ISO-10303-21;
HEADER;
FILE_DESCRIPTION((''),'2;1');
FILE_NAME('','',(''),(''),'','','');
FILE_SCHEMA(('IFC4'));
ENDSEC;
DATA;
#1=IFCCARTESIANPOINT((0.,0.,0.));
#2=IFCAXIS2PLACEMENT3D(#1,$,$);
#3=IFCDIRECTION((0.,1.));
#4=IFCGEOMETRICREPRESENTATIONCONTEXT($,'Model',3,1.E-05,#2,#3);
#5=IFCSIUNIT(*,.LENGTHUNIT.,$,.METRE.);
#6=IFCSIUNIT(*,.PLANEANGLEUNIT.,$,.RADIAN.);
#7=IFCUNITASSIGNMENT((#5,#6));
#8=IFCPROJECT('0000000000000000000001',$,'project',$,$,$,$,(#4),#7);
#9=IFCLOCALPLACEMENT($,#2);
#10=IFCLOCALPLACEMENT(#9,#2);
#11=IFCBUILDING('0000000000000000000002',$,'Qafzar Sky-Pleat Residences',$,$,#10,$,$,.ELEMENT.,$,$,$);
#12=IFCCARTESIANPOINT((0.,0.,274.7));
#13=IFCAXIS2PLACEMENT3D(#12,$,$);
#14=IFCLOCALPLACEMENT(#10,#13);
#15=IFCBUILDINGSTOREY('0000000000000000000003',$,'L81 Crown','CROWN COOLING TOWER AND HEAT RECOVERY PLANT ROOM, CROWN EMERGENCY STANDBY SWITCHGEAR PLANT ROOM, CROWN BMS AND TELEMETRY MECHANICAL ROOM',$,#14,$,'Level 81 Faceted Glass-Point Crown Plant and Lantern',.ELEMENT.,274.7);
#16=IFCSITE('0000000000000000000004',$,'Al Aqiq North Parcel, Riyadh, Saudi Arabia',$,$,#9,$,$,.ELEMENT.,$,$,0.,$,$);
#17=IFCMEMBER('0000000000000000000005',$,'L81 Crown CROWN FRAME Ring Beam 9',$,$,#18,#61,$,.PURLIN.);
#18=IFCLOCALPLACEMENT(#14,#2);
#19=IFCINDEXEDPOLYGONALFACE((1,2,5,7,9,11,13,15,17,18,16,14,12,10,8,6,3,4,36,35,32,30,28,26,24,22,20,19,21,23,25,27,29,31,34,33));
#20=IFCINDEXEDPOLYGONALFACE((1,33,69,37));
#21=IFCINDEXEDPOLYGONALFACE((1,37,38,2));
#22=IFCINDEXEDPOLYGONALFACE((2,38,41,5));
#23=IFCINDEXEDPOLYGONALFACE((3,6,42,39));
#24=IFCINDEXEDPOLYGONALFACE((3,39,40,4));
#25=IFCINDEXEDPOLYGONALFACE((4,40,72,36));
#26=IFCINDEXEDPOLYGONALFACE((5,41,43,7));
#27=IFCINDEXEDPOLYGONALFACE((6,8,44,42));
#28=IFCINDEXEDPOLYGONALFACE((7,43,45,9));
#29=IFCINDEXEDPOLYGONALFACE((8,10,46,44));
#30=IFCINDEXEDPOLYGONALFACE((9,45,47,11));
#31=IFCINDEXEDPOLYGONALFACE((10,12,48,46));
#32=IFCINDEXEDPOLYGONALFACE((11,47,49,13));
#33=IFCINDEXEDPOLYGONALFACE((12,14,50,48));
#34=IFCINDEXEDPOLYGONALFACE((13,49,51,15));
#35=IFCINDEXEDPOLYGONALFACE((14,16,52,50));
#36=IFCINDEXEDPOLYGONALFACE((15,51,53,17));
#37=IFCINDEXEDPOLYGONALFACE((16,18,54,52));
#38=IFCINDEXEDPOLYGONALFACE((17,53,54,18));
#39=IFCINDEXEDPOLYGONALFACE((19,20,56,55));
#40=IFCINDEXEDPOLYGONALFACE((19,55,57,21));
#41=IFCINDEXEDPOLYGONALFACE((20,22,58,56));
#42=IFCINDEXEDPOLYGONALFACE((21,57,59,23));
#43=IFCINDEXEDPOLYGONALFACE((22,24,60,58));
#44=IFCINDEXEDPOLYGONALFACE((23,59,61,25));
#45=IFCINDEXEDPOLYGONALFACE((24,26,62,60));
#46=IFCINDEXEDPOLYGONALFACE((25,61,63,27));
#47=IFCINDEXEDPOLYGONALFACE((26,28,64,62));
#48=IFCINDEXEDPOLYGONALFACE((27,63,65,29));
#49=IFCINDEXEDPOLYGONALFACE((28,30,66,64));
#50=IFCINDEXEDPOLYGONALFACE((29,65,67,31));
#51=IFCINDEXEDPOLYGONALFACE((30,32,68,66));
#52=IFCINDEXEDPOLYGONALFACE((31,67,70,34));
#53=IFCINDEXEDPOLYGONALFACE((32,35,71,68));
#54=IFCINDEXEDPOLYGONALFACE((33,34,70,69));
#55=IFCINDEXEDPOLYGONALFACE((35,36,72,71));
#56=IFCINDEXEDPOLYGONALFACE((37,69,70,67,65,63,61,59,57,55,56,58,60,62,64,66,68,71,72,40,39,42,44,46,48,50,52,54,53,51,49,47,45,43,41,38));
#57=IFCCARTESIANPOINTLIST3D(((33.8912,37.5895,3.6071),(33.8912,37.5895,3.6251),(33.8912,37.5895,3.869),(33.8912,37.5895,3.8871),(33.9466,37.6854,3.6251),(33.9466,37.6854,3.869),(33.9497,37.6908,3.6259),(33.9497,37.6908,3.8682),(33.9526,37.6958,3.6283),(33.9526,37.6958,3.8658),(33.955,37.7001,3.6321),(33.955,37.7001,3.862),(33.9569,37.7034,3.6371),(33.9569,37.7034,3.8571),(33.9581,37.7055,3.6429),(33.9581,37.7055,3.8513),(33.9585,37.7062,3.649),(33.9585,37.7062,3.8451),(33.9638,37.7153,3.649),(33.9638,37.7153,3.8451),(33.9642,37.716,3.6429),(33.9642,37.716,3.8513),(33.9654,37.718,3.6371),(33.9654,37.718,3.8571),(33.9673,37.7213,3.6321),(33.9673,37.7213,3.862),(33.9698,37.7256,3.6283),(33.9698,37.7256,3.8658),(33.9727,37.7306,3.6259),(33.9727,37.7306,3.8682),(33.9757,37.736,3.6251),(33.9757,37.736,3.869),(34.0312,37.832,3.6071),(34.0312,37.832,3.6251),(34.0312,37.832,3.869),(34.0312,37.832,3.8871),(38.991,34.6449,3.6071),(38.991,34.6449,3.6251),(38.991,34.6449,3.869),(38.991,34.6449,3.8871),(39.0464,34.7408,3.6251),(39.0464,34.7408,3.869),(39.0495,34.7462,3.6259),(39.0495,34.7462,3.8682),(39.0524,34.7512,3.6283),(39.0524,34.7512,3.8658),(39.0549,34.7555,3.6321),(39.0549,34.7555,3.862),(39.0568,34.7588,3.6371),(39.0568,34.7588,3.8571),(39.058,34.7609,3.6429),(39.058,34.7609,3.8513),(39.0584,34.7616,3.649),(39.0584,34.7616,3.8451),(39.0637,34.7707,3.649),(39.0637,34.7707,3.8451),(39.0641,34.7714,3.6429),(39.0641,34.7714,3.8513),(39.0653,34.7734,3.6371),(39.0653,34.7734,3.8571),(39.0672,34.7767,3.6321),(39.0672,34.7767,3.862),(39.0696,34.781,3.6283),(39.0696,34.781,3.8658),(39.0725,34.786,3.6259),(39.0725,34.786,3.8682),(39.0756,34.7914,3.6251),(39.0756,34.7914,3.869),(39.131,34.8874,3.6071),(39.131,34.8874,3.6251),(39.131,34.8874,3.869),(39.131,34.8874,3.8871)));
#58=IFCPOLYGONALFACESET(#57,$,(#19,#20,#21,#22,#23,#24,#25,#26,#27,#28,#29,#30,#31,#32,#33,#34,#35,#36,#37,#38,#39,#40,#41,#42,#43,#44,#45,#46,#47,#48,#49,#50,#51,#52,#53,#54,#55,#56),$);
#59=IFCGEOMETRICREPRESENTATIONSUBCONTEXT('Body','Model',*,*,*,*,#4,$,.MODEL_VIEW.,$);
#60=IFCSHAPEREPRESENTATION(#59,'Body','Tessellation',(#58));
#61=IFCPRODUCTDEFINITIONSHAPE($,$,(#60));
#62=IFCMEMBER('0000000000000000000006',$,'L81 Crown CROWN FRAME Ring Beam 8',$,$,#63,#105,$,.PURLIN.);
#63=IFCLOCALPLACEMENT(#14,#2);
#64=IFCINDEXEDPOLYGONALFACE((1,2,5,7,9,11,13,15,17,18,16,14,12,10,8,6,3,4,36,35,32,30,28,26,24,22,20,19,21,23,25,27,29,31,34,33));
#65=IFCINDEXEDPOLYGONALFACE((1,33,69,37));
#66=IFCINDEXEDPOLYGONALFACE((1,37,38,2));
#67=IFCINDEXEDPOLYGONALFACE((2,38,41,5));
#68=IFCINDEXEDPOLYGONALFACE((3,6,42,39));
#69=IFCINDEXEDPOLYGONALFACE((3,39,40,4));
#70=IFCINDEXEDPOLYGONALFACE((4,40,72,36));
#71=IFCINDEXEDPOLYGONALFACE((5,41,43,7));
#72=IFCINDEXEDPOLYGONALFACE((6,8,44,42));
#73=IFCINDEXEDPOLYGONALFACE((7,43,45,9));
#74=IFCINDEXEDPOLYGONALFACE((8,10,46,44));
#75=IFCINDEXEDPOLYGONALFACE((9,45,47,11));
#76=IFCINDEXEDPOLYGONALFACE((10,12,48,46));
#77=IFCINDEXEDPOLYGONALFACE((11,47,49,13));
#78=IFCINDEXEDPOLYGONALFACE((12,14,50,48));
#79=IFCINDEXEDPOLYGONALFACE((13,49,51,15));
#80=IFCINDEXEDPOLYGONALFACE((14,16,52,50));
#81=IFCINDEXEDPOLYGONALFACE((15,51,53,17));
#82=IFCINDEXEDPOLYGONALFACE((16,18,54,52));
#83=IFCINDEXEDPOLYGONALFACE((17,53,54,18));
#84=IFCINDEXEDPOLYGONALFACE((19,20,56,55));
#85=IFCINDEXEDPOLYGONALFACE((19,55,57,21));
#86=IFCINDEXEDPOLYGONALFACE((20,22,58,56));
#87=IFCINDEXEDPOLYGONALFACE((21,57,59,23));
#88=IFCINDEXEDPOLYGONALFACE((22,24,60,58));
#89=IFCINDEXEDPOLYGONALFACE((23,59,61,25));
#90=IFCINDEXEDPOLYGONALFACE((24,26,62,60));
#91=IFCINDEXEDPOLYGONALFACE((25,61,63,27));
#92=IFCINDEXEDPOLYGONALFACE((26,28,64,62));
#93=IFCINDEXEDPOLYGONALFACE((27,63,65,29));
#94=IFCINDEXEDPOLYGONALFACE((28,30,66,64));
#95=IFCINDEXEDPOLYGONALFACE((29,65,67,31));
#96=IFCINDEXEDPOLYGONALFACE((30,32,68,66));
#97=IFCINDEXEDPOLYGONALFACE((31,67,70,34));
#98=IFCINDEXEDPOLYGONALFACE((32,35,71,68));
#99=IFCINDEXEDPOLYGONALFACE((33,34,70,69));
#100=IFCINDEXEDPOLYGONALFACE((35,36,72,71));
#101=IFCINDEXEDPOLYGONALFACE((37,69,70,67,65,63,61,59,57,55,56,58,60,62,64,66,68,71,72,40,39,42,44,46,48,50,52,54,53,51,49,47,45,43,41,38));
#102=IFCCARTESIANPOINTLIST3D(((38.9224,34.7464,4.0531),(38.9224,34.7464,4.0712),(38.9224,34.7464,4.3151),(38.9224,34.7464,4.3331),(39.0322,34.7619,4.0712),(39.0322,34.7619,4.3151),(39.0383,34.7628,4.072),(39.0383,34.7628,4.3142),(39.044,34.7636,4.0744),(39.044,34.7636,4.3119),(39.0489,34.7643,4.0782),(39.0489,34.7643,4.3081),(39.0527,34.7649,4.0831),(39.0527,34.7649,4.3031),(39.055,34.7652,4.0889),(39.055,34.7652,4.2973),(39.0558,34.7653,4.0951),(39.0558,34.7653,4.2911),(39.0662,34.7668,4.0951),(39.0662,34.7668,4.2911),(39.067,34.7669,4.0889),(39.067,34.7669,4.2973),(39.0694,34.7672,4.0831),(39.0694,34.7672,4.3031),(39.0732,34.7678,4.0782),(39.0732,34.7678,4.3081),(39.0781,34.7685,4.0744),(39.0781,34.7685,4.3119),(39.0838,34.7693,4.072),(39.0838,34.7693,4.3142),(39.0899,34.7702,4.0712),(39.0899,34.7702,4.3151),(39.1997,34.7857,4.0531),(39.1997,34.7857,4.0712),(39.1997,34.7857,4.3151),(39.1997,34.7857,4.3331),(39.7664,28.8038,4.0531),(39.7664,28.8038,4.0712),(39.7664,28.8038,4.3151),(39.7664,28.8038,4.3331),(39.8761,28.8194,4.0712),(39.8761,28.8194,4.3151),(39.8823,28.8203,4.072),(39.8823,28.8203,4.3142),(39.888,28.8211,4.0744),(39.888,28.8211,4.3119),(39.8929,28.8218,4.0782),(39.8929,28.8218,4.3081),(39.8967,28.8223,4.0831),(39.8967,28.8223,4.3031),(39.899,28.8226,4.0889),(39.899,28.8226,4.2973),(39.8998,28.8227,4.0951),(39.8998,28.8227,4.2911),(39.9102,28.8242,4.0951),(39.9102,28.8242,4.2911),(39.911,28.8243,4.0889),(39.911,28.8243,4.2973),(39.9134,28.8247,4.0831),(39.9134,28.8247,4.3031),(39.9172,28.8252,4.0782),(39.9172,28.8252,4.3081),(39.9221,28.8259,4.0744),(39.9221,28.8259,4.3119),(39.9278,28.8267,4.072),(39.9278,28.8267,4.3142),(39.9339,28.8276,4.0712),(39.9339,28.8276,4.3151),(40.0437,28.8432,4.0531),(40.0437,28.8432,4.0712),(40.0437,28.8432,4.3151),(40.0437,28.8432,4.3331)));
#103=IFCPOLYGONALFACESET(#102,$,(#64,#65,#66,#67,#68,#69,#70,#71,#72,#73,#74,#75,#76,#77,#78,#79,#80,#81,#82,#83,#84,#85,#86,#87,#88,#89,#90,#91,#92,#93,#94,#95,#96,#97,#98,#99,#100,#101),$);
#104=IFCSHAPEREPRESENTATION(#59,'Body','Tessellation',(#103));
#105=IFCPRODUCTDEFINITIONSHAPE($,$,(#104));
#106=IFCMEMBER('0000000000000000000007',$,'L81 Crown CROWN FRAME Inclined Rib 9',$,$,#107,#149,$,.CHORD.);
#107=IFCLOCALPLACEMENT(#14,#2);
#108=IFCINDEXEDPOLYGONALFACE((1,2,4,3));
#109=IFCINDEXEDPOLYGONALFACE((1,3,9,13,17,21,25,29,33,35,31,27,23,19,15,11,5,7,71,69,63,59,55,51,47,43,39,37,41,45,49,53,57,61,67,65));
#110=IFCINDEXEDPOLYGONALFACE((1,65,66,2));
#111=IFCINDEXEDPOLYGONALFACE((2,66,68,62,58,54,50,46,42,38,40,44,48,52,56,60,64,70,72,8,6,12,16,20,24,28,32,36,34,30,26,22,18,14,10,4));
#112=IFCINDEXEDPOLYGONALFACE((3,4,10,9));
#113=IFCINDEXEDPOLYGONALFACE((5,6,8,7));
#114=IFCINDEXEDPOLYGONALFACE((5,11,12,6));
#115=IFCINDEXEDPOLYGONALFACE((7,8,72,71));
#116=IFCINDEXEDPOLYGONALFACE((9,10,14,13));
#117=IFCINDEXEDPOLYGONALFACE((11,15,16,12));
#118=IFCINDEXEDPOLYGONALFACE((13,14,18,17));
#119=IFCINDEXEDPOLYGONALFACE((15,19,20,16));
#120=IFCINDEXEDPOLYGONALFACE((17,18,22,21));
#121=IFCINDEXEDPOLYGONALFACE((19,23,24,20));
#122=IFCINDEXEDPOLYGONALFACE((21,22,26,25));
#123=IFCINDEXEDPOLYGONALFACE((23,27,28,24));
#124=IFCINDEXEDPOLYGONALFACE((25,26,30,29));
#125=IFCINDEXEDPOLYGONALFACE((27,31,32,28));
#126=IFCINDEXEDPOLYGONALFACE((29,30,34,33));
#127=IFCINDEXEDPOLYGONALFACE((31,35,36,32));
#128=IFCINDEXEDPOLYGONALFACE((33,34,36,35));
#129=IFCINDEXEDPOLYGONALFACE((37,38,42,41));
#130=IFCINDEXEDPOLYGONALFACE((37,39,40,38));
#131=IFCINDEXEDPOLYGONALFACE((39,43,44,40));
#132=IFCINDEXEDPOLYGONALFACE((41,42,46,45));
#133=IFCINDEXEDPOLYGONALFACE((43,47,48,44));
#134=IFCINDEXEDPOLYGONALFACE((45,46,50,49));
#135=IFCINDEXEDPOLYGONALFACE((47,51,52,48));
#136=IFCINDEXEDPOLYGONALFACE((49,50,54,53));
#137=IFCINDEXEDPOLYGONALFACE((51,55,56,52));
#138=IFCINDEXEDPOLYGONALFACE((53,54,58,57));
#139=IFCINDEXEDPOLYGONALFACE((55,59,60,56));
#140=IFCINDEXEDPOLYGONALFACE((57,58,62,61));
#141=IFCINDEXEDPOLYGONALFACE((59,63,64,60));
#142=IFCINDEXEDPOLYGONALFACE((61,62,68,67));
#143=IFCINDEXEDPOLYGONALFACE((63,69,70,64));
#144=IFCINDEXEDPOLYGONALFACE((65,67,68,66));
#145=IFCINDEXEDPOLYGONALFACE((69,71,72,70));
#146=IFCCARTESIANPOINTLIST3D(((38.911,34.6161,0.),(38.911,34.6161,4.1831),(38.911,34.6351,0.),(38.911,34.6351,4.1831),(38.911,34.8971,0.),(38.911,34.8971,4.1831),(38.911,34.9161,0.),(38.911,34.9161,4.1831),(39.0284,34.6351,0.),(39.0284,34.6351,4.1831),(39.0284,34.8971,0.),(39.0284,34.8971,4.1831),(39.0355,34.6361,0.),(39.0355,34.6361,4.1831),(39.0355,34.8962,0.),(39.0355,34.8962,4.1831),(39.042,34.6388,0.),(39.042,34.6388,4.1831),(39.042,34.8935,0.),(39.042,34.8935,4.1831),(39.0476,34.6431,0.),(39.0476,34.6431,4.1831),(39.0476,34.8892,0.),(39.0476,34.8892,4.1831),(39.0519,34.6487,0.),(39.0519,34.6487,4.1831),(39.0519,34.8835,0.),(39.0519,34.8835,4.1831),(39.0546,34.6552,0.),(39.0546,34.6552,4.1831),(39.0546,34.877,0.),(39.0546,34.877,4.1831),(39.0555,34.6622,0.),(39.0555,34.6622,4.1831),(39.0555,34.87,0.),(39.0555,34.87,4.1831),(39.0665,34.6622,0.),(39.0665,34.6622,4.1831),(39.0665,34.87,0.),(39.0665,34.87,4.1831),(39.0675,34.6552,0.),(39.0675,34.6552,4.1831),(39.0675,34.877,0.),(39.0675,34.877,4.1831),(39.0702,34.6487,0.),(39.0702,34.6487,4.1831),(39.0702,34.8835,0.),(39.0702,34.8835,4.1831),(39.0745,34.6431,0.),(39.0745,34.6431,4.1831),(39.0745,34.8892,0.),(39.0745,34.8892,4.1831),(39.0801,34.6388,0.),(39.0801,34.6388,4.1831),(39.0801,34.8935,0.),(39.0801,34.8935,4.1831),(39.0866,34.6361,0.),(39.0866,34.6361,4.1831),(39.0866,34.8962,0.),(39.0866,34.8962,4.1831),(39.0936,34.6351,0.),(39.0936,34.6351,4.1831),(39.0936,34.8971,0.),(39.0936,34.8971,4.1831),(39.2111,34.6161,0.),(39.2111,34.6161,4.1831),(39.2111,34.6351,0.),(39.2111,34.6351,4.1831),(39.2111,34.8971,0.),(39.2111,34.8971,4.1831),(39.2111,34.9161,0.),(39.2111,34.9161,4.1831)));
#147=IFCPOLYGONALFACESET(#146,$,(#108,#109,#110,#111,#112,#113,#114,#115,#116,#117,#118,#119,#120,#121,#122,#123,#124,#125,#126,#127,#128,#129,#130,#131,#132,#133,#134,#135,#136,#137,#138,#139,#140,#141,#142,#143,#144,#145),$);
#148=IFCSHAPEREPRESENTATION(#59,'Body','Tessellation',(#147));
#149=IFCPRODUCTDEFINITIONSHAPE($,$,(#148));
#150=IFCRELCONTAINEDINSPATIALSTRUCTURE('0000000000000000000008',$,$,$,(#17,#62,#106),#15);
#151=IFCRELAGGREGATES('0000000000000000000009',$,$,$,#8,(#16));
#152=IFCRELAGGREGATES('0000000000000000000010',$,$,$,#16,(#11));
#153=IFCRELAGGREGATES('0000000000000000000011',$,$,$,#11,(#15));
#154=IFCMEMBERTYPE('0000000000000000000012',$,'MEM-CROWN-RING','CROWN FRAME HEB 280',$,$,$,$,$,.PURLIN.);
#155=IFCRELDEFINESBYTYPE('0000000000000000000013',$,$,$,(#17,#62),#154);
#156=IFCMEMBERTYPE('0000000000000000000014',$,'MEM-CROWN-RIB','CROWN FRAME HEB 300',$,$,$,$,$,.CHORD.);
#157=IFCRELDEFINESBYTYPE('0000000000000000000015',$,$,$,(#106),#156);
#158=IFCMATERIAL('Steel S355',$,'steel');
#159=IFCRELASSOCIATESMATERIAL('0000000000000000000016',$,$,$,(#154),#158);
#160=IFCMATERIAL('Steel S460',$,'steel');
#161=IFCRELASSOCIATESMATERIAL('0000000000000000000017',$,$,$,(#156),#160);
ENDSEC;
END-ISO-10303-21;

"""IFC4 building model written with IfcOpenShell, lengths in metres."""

from ifc_helpers import new_model, si_unit, direction, frame, origin, origin_2d, place, context, subcontext, project, spatial, i_section, extrude, source, transform, mapped, material, material_profile, profile_set, type_object, element, save


model = new_model("IFC4")

# Units and contexts
model_context = context("Model", 3, precision=1e-05, world=origin(), true_north=direction((0.0, 1.0)))
body_context = subcontext(model_context, "Body", "Model", "MODEL_VIEW")
ifc_project = project(units=[si_unit("LENGTHUNIT", "METRE"), si_unit("PLANEANGLEUNIT", "RADIAN")], contexts=[model_context])

# Site, building, storey
site_placement = place(None, origin())
site = spatial("IfcSite", under=ifc_project, at=site_placement, Name="Al Aqiq North Parcel, Riyadh, Saudi Arabia", CompositionType="ELEMENT", RefElevation=0.0)
building_placement = place(site_placement, origin())
building = spatial("IfcBuilding", under=site, at=building_placement, Name="Qafzar Sky-Pleat Residences", CompositionType="ELEMENT")
storey_placement = place(building_placement, frame((0.0, 0.0, 274.7)))
storey = spatial("IfcBuildingStorey", under=building, at=storey_placement, Name="L81 Crown", Description="CROWN COOLING TOWER AND HEAT RECOVERY PLANT ROOM, CROWN EMERGENCY STANDBY SWITCHGEAR PLANT ROOM, CROWN BMS AND TELEMETRY MECHANICAL ROOM", LongName="Level 81 Faceted Glass-Point Crown Plant and Lantern", CompositionType="ELEMENT", Elevation=274.7)

# Members
ifc_material_1 = material(Name="Steel S355", Category="steel")
ifc_material_profile_1 = material_profile(ifc_material_1, i_section(OverallWidth=0.28, OverallDepth=0.28, WebThickness=0.0105, FlangeThickness=0.0181, FilletRadius=0.0239, at=origin_2d()), Name="HEB 280")
ifc_profile_set_1 = profile_set([ifc_material_profile_1], Name="Steel S355")
member_type_1 = type_object("IfcMemberType", Name="MEM-CROWN-RING", Description="CROWN FRAME HEB 280", PredefinedType="PURLIN", material=ifc_profile_set_1)
shared_shape_1 = source(origin(), body_context, "Body", "SweptSolid", [
    extrude(i_section(OverallWidth=0.28, OverallDepth=0.28, WebThickness=0.0105, FlangeThickness=0.0181, FilletRadius=0.0239, at=origin_2d()), origin(), (0.0, 0.0, 1.0), 5.8889),
])
member_1_placement = place(storey_placement, frame((39.061, 34.7661, 3.7471), z_axis=(-0.866012, 0.500023, 0.0), x_axis=(-0.500023, -0.866012, 0.0)))
element("IfcMember", 1, at=member_1_placement, inside=storey, type_object=member_type_1, Name="L81 Crown CROWN FRAME Ring Beam 9", PredefinedType="PURLIN", context=body_context, shape_type="MappedRepresentation", body=[
    mapped(shared_shape_1, transform((0.0, 0.0, 0.0), x_axis=(1.0, 0.0, 0.0), y_axis=(0.0, 1.0, 0.0), z_axis=(0.0, 0.0, 1.0), scale=1.0)),
])
shared_shape_2 = source(origin(), body_context, "Body", "SweptSolid", [
    extrude(i_section(OverallWidth=0.28, OverallDepth=0.28, WebThickness=0.0105, FlangeThickness=0.0181, FilletRadius=0.0239, at=origin_2d()), origin(), (0.0, 0.0, 1.0), 6.0022),
])
member_2_placement = place(storey_placement, frame((39.905, 28.8235, 4.1931), z_axis=(-0.140613, 0.990065, 0.0), x_axis=(-0.990065, -0.140613, 0.0)))
element("IfcMember", 2, at=member_2_placement, inside=storey, type_object=member_type_1, Name="L81 Crown CROWN FRAME Ring Beam 8", PredefinedType="PURLIN", context=body_context, shape_type="MappedRepresentation", body=[
    mapped(shared_shape_2, transform((0.0, 0.0, 0.0), x_axis=(1.0, 0.0, 0.0), y_axis=(0.0, 1.0, 0.0), z_axis=(0.0, 0.0, 1.0), scale=1.0)),
])
ifc_material_2 = material(Name="Steel S460", Category="steel")
ifc_material_profile_2 = material_profile(ifc_material_2, i_section(OverallWidth=0.3, OverallDepth=0.3, WebThickness=0.011, FlangeThickness=0.019, FilletRadius=0.0271, at=origin_2d()), Name="HEB 300")
ifc_profile_set_2 = profile_set([ifc_material_profile_2], Name="Steel S460")
member_type_2 = type_object("IfcMemberType", Name="MEM-CROWN-RIB", Description="CROWN FRAME HEB 300", PredefinedType="CHORD", material=ifc_profile_set_2)
shared_shape_3 = source(origin(), body_context, "Body", "SweptSolid", [
    extrude(i_section(OverallWidth=0.3, OverallDepth=0.3, WebThickness=0.011, FlangeThickness=0.019, FilletRadius=0.0271, at=origin_2d()), origin(), (0.0, 0.0, 1.0), 4.1831),
])
member_3_placement = place(storey_placement, frame((39.061, 34.7661, 0.0), z_axis=(0.0, 0.0, 1.0), x_axis=(1.0, 0.0, 0.0)))
element("IfcMember", 3, at=member_3_placement, inside=storey, type_object=member_type_2, Name="L81 Crown CROWN FRAME Inclined Rib 9", PredefinedType="CHORD", context=body_context, shape_type="MappedRepresentation", body=[
    mapped(shared_shape_3, transform((0.0, 0.0, 0.0), x_axis=(1.0, 0.0, 0.0), y_axis=(0.0, 1.0, 0.0), z_axis=(0.0, 0.0, 1.0), scale=1.0)),
])

save(model, "model.ifc")
